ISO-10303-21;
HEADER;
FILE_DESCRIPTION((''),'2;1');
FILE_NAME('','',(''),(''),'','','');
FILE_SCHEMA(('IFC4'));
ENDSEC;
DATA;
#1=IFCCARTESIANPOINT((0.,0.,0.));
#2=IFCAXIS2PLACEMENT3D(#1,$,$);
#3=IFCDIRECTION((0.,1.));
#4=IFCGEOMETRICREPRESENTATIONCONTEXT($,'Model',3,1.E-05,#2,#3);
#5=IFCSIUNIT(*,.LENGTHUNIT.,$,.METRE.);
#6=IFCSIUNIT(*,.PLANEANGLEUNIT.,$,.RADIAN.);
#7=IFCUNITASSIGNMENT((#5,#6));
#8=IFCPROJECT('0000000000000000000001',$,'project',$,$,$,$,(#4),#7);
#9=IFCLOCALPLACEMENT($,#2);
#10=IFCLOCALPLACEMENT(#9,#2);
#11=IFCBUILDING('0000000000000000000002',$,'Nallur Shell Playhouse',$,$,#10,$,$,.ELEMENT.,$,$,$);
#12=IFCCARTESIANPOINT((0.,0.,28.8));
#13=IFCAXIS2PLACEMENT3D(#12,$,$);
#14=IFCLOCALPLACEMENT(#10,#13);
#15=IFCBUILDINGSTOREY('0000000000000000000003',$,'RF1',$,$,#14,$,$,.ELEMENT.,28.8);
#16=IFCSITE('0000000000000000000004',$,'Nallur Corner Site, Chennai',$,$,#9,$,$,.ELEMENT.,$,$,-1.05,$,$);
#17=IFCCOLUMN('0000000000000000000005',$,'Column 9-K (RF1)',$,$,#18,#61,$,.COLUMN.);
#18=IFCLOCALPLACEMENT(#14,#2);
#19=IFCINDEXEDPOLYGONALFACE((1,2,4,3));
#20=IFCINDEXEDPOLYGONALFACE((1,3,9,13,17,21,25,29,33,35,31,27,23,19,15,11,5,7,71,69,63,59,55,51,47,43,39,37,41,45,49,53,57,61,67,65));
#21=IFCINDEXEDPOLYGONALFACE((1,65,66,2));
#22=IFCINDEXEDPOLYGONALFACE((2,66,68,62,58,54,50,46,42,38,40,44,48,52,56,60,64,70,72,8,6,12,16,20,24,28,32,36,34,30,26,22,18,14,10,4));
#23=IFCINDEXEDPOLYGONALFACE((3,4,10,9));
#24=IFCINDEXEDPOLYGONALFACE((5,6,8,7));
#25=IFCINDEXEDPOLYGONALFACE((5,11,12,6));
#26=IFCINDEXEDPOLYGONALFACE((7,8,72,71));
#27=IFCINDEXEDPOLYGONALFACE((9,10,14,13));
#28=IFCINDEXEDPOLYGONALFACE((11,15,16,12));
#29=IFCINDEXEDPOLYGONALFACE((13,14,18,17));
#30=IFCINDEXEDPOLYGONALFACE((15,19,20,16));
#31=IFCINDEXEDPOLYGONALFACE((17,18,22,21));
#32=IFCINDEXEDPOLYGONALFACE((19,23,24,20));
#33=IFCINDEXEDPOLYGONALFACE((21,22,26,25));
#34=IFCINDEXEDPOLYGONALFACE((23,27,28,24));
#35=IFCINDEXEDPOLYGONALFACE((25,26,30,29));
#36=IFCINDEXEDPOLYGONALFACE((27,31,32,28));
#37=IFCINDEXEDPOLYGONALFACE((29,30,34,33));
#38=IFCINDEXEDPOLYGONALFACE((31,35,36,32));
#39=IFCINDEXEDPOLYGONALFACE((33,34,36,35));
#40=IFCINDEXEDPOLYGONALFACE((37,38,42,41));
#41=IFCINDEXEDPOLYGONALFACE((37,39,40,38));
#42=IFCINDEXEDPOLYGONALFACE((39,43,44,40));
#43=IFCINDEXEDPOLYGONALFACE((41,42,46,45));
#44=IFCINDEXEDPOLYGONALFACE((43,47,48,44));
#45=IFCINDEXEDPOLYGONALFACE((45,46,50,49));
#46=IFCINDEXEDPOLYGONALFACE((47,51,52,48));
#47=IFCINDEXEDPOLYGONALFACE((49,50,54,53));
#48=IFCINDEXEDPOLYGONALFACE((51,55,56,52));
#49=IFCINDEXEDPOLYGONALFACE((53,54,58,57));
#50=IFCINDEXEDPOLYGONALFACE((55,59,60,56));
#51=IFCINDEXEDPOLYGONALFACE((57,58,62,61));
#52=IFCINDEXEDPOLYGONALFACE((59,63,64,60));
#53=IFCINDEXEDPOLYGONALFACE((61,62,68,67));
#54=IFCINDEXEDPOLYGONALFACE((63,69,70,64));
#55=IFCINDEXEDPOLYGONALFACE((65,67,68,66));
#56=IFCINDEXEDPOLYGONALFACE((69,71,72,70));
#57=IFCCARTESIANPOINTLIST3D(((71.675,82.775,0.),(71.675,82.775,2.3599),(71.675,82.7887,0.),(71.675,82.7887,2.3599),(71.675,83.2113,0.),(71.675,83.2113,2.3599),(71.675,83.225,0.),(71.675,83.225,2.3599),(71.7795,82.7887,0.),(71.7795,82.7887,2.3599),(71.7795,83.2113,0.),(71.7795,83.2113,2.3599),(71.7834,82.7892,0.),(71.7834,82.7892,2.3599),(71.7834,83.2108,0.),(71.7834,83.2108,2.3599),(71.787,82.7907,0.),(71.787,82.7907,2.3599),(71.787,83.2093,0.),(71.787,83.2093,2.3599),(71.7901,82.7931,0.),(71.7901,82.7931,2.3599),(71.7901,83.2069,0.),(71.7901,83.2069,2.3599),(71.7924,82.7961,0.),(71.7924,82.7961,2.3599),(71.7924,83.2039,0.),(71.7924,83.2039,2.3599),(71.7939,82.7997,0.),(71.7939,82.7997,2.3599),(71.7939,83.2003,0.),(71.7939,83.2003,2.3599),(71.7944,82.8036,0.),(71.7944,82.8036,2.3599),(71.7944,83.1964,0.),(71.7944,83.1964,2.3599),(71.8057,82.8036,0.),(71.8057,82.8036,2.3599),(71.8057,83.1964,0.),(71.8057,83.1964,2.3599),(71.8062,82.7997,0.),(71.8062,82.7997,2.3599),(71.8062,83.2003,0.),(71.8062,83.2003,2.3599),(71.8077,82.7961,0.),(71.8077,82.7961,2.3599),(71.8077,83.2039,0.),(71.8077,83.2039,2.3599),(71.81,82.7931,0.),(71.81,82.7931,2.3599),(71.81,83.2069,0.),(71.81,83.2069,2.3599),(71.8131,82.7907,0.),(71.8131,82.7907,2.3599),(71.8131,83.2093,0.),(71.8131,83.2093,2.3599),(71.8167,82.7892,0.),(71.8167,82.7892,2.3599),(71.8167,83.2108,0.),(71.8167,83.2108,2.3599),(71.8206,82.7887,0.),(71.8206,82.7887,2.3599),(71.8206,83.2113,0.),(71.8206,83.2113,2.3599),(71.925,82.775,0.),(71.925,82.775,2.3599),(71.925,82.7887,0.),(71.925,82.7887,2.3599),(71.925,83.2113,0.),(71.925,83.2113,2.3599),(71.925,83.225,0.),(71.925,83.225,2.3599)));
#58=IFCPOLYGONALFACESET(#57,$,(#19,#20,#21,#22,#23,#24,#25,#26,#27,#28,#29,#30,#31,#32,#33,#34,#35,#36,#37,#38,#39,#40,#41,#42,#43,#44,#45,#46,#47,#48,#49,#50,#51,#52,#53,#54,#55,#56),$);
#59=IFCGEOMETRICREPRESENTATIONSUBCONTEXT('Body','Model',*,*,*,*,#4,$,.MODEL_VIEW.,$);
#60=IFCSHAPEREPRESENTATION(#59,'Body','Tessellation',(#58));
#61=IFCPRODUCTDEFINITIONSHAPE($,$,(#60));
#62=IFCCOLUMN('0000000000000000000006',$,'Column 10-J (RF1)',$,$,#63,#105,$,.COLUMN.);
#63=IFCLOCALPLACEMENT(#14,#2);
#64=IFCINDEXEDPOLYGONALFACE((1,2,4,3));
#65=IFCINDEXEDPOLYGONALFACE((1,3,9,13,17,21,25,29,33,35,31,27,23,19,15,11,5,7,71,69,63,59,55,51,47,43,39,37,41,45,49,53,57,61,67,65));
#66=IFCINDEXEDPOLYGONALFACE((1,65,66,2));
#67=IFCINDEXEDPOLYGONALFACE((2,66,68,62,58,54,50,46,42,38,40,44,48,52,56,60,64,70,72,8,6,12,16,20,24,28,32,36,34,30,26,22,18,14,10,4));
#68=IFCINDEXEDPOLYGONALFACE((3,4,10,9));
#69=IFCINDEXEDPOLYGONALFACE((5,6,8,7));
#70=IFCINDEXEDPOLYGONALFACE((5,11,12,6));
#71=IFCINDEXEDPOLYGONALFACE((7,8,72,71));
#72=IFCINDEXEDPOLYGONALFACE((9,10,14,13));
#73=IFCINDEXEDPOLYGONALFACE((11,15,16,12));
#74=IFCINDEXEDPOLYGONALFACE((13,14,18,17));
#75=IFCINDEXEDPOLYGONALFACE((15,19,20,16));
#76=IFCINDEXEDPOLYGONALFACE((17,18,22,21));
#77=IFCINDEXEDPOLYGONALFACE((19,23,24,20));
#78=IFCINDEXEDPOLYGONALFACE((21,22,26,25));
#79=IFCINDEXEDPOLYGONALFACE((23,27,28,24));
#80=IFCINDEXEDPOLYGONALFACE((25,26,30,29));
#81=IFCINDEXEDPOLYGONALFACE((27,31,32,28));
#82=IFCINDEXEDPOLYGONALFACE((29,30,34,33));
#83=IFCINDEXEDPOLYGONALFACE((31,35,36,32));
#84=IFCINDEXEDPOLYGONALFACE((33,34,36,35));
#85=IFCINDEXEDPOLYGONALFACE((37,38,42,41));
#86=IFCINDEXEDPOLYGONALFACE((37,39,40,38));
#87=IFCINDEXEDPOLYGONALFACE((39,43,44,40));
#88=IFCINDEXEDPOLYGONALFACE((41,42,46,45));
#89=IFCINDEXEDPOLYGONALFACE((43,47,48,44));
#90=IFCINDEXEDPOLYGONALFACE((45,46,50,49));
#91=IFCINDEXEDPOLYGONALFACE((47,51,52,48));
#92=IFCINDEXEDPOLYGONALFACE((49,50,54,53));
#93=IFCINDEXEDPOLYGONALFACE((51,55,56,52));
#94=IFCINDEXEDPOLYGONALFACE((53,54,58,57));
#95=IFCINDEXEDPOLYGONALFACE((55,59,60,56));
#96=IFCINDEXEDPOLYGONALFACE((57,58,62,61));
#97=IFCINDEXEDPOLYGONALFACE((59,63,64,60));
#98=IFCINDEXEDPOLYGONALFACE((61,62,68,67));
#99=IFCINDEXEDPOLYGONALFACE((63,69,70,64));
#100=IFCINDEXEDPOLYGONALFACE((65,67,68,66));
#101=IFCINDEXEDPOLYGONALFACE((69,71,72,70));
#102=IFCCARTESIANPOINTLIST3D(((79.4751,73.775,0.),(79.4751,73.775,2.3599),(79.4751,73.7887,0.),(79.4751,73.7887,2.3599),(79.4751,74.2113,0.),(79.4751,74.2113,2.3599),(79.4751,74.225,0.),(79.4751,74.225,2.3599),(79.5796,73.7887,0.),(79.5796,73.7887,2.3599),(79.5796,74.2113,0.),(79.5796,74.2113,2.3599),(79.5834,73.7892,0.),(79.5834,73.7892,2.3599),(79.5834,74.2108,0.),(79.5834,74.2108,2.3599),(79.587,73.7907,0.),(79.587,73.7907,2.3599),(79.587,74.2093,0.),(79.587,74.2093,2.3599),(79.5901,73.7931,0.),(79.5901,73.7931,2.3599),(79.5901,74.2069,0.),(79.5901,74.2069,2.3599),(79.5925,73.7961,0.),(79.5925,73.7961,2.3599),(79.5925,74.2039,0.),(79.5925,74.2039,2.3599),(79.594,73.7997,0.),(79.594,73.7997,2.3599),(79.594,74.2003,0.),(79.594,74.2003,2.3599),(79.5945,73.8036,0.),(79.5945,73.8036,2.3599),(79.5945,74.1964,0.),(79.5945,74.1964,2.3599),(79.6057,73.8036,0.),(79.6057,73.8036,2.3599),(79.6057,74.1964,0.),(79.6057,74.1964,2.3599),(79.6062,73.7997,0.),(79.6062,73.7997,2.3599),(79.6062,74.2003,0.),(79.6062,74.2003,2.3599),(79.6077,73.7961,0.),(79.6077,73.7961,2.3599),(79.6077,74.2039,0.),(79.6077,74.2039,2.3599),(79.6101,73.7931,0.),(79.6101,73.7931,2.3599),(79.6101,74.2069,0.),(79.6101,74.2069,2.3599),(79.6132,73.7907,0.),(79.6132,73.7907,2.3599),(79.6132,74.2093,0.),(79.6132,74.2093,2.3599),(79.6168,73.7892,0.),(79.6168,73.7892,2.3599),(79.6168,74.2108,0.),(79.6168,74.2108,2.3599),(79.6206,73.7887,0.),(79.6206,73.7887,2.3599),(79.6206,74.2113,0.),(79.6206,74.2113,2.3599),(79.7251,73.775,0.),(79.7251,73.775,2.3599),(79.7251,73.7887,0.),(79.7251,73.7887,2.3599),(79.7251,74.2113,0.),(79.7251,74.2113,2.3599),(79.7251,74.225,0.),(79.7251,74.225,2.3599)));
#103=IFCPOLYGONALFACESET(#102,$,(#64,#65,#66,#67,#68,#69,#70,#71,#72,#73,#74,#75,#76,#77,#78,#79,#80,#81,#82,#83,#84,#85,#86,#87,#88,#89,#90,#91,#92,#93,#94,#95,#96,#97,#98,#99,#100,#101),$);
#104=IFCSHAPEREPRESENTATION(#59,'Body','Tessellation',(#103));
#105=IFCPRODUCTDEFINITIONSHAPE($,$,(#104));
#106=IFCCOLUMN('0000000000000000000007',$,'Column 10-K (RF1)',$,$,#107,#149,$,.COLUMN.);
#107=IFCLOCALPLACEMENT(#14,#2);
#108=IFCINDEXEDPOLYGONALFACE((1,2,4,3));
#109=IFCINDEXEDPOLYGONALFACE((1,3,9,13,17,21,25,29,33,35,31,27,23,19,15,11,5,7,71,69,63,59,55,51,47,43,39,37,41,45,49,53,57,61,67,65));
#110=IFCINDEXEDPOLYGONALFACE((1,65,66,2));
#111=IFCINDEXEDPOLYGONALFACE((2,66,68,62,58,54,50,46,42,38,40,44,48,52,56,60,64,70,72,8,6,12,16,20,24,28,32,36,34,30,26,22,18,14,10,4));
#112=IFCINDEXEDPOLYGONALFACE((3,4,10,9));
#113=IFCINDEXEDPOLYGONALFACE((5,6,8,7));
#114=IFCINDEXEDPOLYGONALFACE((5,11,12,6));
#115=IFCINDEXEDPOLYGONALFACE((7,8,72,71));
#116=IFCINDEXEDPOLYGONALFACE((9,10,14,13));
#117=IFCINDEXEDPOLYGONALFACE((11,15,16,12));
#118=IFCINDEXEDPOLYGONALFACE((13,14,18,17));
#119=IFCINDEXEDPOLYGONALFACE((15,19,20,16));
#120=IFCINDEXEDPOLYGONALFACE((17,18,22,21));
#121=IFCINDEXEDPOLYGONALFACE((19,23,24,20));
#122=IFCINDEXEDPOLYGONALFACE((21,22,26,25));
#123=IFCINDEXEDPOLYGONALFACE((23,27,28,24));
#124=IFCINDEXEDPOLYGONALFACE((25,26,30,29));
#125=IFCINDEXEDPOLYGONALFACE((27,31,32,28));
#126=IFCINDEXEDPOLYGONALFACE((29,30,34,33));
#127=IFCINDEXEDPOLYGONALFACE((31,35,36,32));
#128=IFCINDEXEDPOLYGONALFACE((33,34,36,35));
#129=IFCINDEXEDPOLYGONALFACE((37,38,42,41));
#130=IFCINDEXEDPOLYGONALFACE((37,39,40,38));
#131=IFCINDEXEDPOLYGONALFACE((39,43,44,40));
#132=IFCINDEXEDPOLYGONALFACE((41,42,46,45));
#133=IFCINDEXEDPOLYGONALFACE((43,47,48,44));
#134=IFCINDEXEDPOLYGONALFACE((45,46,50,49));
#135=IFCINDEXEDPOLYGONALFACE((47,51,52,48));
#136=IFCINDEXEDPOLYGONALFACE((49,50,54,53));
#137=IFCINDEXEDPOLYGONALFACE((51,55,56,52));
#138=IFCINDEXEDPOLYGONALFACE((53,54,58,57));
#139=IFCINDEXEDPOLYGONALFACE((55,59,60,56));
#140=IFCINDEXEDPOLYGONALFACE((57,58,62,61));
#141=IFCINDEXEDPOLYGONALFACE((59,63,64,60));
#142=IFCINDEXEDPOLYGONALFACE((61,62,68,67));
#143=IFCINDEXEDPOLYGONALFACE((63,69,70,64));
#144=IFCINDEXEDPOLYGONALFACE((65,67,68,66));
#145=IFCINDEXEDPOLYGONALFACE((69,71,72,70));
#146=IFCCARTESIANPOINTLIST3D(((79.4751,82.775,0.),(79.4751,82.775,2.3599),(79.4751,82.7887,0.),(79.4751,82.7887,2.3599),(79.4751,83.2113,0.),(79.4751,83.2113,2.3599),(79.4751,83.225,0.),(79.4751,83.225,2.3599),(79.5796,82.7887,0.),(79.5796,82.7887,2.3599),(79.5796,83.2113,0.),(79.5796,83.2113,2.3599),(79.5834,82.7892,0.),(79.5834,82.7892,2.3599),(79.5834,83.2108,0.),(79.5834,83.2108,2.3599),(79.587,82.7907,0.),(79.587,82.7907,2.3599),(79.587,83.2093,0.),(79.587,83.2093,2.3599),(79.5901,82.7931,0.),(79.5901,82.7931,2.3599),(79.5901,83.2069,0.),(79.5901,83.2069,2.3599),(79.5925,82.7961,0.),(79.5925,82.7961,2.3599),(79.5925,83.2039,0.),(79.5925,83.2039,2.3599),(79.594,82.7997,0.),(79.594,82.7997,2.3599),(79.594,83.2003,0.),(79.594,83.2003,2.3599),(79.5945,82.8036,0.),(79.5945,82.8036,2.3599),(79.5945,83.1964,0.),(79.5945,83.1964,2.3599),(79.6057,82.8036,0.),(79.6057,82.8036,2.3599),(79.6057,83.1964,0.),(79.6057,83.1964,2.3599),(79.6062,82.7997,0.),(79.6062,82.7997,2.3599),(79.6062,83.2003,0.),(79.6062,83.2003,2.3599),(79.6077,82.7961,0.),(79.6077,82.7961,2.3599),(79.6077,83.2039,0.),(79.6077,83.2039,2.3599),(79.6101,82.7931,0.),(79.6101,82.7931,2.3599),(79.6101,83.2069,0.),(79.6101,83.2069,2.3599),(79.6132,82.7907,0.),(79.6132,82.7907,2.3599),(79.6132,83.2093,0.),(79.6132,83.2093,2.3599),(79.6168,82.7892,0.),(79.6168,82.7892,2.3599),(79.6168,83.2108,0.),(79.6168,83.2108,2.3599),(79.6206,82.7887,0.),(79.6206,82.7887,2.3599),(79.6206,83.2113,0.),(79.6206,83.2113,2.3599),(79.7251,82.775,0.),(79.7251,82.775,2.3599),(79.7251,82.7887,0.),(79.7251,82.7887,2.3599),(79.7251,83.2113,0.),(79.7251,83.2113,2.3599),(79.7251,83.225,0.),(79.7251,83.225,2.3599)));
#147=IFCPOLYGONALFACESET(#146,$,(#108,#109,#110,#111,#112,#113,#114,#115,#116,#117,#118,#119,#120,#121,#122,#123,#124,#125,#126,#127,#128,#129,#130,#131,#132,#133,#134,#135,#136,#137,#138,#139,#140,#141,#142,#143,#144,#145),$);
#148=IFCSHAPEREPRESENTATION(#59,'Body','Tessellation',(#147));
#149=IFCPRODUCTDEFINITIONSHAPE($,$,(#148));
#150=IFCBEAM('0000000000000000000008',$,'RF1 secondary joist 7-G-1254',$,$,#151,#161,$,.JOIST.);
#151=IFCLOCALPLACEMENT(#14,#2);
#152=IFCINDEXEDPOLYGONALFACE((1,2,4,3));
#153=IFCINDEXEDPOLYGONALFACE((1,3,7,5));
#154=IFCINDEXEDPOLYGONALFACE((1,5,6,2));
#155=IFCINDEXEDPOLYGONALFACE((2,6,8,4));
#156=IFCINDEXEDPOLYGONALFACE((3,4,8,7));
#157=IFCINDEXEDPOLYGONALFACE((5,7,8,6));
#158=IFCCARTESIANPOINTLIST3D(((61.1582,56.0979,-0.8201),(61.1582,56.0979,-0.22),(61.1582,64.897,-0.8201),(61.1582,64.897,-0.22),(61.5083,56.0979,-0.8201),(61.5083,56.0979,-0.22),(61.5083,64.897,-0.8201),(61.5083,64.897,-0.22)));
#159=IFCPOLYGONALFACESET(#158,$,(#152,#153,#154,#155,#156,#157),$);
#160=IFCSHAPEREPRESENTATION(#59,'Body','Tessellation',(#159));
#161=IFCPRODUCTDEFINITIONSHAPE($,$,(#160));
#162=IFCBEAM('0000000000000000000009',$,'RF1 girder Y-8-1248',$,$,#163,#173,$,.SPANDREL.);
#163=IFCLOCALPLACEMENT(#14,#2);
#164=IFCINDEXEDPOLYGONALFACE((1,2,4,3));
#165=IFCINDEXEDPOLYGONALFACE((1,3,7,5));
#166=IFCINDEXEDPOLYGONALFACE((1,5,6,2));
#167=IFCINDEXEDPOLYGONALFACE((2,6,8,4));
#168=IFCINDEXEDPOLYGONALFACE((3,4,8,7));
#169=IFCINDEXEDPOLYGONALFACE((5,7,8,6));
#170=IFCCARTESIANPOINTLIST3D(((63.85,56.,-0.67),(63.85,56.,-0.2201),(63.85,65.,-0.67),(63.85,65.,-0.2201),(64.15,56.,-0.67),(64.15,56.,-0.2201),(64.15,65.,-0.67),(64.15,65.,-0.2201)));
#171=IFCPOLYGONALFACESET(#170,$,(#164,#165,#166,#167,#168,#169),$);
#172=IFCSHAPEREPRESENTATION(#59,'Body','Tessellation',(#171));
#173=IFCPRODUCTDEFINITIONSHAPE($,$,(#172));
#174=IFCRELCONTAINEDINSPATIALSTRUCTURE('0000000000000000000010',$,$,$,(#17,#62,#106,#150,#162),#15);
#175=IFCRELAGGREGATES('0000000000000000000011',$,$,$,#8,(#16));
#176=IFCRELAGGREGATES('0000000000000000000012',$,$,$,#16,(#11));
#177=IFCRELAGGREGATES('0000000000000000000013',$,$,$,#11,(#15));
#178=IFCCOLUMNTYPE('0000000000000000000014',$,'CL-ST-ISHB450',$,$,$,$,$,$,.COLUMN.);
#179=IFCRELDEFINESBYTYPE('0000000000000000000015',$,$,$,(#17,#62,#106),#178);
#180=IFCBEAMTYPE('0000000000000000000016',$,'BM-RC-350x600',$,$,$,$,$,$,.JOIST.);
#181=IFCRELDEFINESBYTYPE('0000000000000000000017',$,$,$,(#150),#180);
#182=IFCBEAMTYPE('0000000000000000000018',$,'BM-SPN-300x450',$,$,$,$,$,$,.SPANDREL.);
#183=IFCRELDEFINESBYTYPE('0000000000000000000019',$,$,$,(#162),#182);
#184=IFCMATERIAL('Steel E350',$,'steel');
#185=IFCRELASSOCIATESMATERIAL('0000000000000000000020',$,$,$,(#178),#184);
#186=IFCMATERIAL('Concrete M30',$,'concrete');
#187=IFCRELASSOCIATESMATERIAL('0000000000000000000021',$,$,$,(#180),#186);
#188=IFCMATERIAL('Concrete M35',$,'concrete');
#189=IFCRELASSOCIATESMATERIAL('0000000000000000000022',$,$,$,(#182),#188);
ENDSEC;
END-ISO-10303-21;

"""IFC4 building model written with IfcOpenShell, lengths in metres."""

from ifc_helpers import new_model, si_unit, direction, frame, origin, origin_2d, place, context, subcontext, project, spatial, rectangle, i_section, extrude, material, material_profile, profile_set, type_object, element, save


model = new_model("IFC4")

# Units and contexts
model_context = context("Model", 3, precision=1e-05, world=origin(), true_north=direction((0.0, 1.0)))
body_context = subcontext(model_context, "Body", "Model", "MODEL_VIEW")
ifc_project = project(units=[si_unit("LENGTHUNIT", "METRE"), si_unit("PLANEANGLEUNIT", "RADIAN")], contexts=[model_context])

# Site, building, storey
site_placement = place(None, origin())
site = spatial("IfcSite", under=ifc_project, at=site_placement, Name="Nallur Corner Site, Chennai", CompositionType="ELEMENT", RefElevation=-1.05)
building_placement = place(site_placement, origin())
building = spatial("IfcBuilding", under=site, at=building_placement, Name="Nallur Shell Playhouse", CompositionType="ELEMENT")
storey_placement = place(building_placement, frame((0.0, 0.0, 28.8)))
storey = spatial("IfcBuildingStorey", under=building, at=storey_placement, Name="RF1", CompositionType="ELEMENT", Elevation=28.8)

# Columns
ifc_material_1 = material(Name="Steel E350", Category="steel")
ifc_material_profile_1 = material_profile(ifc_material_1, i_section(OverallWidth=0.25, OverallDepth=0.45, WebThickness=0.0112, FlangeThickness=0.0137, FilletRadius=0.0149, at=origin_2d()), Name="ISHB 450")
ifc_profile_set_1 = profile_set([ifc_material_profile_1], Name="Steel E350")
column_type_1 = type_object("IfcColumnType", Name="CL-ST-ISHB450", PredefinedType="COLUMN", material=ifc_profile_set_1)
for number, where, z_axis, x_axis, name in (
    (1, (71.8, 83.0, 0.0), (0.0, 0.0, 1.0), (1.0, 0.0, 0.0), "Column 9-K (RF1)"),
    (2, (79.6001, 74.0, 0.0), (0.0, 0.0, 1.0), (1.0, 0.0, 0.0), "Column 10-J (RF1)"),
    (3, (79.6001, 83.0, 0.0), (0.0, 0.0, 1.0), (1.0, 0.0, 0.0), "Column 10-K (RF1)"),
):
    element("IfcColumn", number, at=place(storey_placement, frame(where, z_axis=z_axis, x_axis=x_axis)), inside=storey, type_object=column_type_1, Name=name, PredefinedType="COLUMN", context=body_context, shape_type="SweptSolid", body=[
        extrude(i_section(OverallWidth=0.25, OverallDepth=0.45, WebThickness=0.0112, FlangeThickness=0.0137, FilletRadius=0.0149, at=origin_2d()), origin(), (0.0, 0.0, 1.0), 2.3599),
    ])

# Beams
ifc_material_2 = material(Name="Concrete M30", Category="concrete")
ifc_material_profile_2 = material_profile(ifc_material_2, rectangle(XDim=0.3501, YDim=0.6001, at=origin_2d()), Name="RC 350x600")
ifc_profile_set_2 = profile_set([ifc_material_profile_2], Name="Concrete M30")
beam_type_1 = type_object("IfcBeamType", Name="BM-RC-350x600", PredefinedType="JOIST", material=ifc_profile_set_2)
beam_1_placement = place(storey_placement, frame((61.3333, 56.0979, -0.52), z_axis=(0.0, 1.0, 0.0), x_axis=(-1.0, 0.0, 0.0)))
element("IfcBeam", 4, at=beam_1_placement, inside=storey, type_object=beam_type_1, Name="RF1 secondary joist 7-G-1254", PredefinedType="JOIST", context=body_context, shape_type="SweptSolid", body=[
    extrude(rectangle(XDim=0.3501, YDim=0.6001, at=origin_2d()), origin(), (0.0, 0.0, 1.0), 8.7991),
])
ifc_material_3 = material(Name="Concrete M35", Category="concrete")
ifc_material_profile_3 = material_profile(ifc_material_3, rectangle(XDim=0.3, YDim=0.45, at=origin_2d()), Name="RC 300x450")
ifc_profile_set_3 = profile_set([ifc_material_profile_3], Name="Concrete M35")
beam_type_2 = type_object("IfcBeamType", Name="BM-SPN-300x450", PredefinedType="SPANDREL", material=ifc_profile_set_3)
beam_2_placement = place(storey_placement, frame((64.0, 56.0, -0.4451), z_axis=(0.0, 1.0, 0.0), x_axis=(-1.0, 0.0, 0.0)))
element("IfcBeam", 5, at=beam_2_placement, inside=storey, type_object=beam_type_2, Name="RF1 girder Y-8-1248", PredefinedType="SPANDREL", context=body_context, shape_type="SweptSolid", body=[
    extrude(rectangle(XDim=0.3, YDim=0.45, at=origin_2d()), origin(), (0.0, 0.0, 1.0), 9.0),
])

save(model, "model.ifc")
